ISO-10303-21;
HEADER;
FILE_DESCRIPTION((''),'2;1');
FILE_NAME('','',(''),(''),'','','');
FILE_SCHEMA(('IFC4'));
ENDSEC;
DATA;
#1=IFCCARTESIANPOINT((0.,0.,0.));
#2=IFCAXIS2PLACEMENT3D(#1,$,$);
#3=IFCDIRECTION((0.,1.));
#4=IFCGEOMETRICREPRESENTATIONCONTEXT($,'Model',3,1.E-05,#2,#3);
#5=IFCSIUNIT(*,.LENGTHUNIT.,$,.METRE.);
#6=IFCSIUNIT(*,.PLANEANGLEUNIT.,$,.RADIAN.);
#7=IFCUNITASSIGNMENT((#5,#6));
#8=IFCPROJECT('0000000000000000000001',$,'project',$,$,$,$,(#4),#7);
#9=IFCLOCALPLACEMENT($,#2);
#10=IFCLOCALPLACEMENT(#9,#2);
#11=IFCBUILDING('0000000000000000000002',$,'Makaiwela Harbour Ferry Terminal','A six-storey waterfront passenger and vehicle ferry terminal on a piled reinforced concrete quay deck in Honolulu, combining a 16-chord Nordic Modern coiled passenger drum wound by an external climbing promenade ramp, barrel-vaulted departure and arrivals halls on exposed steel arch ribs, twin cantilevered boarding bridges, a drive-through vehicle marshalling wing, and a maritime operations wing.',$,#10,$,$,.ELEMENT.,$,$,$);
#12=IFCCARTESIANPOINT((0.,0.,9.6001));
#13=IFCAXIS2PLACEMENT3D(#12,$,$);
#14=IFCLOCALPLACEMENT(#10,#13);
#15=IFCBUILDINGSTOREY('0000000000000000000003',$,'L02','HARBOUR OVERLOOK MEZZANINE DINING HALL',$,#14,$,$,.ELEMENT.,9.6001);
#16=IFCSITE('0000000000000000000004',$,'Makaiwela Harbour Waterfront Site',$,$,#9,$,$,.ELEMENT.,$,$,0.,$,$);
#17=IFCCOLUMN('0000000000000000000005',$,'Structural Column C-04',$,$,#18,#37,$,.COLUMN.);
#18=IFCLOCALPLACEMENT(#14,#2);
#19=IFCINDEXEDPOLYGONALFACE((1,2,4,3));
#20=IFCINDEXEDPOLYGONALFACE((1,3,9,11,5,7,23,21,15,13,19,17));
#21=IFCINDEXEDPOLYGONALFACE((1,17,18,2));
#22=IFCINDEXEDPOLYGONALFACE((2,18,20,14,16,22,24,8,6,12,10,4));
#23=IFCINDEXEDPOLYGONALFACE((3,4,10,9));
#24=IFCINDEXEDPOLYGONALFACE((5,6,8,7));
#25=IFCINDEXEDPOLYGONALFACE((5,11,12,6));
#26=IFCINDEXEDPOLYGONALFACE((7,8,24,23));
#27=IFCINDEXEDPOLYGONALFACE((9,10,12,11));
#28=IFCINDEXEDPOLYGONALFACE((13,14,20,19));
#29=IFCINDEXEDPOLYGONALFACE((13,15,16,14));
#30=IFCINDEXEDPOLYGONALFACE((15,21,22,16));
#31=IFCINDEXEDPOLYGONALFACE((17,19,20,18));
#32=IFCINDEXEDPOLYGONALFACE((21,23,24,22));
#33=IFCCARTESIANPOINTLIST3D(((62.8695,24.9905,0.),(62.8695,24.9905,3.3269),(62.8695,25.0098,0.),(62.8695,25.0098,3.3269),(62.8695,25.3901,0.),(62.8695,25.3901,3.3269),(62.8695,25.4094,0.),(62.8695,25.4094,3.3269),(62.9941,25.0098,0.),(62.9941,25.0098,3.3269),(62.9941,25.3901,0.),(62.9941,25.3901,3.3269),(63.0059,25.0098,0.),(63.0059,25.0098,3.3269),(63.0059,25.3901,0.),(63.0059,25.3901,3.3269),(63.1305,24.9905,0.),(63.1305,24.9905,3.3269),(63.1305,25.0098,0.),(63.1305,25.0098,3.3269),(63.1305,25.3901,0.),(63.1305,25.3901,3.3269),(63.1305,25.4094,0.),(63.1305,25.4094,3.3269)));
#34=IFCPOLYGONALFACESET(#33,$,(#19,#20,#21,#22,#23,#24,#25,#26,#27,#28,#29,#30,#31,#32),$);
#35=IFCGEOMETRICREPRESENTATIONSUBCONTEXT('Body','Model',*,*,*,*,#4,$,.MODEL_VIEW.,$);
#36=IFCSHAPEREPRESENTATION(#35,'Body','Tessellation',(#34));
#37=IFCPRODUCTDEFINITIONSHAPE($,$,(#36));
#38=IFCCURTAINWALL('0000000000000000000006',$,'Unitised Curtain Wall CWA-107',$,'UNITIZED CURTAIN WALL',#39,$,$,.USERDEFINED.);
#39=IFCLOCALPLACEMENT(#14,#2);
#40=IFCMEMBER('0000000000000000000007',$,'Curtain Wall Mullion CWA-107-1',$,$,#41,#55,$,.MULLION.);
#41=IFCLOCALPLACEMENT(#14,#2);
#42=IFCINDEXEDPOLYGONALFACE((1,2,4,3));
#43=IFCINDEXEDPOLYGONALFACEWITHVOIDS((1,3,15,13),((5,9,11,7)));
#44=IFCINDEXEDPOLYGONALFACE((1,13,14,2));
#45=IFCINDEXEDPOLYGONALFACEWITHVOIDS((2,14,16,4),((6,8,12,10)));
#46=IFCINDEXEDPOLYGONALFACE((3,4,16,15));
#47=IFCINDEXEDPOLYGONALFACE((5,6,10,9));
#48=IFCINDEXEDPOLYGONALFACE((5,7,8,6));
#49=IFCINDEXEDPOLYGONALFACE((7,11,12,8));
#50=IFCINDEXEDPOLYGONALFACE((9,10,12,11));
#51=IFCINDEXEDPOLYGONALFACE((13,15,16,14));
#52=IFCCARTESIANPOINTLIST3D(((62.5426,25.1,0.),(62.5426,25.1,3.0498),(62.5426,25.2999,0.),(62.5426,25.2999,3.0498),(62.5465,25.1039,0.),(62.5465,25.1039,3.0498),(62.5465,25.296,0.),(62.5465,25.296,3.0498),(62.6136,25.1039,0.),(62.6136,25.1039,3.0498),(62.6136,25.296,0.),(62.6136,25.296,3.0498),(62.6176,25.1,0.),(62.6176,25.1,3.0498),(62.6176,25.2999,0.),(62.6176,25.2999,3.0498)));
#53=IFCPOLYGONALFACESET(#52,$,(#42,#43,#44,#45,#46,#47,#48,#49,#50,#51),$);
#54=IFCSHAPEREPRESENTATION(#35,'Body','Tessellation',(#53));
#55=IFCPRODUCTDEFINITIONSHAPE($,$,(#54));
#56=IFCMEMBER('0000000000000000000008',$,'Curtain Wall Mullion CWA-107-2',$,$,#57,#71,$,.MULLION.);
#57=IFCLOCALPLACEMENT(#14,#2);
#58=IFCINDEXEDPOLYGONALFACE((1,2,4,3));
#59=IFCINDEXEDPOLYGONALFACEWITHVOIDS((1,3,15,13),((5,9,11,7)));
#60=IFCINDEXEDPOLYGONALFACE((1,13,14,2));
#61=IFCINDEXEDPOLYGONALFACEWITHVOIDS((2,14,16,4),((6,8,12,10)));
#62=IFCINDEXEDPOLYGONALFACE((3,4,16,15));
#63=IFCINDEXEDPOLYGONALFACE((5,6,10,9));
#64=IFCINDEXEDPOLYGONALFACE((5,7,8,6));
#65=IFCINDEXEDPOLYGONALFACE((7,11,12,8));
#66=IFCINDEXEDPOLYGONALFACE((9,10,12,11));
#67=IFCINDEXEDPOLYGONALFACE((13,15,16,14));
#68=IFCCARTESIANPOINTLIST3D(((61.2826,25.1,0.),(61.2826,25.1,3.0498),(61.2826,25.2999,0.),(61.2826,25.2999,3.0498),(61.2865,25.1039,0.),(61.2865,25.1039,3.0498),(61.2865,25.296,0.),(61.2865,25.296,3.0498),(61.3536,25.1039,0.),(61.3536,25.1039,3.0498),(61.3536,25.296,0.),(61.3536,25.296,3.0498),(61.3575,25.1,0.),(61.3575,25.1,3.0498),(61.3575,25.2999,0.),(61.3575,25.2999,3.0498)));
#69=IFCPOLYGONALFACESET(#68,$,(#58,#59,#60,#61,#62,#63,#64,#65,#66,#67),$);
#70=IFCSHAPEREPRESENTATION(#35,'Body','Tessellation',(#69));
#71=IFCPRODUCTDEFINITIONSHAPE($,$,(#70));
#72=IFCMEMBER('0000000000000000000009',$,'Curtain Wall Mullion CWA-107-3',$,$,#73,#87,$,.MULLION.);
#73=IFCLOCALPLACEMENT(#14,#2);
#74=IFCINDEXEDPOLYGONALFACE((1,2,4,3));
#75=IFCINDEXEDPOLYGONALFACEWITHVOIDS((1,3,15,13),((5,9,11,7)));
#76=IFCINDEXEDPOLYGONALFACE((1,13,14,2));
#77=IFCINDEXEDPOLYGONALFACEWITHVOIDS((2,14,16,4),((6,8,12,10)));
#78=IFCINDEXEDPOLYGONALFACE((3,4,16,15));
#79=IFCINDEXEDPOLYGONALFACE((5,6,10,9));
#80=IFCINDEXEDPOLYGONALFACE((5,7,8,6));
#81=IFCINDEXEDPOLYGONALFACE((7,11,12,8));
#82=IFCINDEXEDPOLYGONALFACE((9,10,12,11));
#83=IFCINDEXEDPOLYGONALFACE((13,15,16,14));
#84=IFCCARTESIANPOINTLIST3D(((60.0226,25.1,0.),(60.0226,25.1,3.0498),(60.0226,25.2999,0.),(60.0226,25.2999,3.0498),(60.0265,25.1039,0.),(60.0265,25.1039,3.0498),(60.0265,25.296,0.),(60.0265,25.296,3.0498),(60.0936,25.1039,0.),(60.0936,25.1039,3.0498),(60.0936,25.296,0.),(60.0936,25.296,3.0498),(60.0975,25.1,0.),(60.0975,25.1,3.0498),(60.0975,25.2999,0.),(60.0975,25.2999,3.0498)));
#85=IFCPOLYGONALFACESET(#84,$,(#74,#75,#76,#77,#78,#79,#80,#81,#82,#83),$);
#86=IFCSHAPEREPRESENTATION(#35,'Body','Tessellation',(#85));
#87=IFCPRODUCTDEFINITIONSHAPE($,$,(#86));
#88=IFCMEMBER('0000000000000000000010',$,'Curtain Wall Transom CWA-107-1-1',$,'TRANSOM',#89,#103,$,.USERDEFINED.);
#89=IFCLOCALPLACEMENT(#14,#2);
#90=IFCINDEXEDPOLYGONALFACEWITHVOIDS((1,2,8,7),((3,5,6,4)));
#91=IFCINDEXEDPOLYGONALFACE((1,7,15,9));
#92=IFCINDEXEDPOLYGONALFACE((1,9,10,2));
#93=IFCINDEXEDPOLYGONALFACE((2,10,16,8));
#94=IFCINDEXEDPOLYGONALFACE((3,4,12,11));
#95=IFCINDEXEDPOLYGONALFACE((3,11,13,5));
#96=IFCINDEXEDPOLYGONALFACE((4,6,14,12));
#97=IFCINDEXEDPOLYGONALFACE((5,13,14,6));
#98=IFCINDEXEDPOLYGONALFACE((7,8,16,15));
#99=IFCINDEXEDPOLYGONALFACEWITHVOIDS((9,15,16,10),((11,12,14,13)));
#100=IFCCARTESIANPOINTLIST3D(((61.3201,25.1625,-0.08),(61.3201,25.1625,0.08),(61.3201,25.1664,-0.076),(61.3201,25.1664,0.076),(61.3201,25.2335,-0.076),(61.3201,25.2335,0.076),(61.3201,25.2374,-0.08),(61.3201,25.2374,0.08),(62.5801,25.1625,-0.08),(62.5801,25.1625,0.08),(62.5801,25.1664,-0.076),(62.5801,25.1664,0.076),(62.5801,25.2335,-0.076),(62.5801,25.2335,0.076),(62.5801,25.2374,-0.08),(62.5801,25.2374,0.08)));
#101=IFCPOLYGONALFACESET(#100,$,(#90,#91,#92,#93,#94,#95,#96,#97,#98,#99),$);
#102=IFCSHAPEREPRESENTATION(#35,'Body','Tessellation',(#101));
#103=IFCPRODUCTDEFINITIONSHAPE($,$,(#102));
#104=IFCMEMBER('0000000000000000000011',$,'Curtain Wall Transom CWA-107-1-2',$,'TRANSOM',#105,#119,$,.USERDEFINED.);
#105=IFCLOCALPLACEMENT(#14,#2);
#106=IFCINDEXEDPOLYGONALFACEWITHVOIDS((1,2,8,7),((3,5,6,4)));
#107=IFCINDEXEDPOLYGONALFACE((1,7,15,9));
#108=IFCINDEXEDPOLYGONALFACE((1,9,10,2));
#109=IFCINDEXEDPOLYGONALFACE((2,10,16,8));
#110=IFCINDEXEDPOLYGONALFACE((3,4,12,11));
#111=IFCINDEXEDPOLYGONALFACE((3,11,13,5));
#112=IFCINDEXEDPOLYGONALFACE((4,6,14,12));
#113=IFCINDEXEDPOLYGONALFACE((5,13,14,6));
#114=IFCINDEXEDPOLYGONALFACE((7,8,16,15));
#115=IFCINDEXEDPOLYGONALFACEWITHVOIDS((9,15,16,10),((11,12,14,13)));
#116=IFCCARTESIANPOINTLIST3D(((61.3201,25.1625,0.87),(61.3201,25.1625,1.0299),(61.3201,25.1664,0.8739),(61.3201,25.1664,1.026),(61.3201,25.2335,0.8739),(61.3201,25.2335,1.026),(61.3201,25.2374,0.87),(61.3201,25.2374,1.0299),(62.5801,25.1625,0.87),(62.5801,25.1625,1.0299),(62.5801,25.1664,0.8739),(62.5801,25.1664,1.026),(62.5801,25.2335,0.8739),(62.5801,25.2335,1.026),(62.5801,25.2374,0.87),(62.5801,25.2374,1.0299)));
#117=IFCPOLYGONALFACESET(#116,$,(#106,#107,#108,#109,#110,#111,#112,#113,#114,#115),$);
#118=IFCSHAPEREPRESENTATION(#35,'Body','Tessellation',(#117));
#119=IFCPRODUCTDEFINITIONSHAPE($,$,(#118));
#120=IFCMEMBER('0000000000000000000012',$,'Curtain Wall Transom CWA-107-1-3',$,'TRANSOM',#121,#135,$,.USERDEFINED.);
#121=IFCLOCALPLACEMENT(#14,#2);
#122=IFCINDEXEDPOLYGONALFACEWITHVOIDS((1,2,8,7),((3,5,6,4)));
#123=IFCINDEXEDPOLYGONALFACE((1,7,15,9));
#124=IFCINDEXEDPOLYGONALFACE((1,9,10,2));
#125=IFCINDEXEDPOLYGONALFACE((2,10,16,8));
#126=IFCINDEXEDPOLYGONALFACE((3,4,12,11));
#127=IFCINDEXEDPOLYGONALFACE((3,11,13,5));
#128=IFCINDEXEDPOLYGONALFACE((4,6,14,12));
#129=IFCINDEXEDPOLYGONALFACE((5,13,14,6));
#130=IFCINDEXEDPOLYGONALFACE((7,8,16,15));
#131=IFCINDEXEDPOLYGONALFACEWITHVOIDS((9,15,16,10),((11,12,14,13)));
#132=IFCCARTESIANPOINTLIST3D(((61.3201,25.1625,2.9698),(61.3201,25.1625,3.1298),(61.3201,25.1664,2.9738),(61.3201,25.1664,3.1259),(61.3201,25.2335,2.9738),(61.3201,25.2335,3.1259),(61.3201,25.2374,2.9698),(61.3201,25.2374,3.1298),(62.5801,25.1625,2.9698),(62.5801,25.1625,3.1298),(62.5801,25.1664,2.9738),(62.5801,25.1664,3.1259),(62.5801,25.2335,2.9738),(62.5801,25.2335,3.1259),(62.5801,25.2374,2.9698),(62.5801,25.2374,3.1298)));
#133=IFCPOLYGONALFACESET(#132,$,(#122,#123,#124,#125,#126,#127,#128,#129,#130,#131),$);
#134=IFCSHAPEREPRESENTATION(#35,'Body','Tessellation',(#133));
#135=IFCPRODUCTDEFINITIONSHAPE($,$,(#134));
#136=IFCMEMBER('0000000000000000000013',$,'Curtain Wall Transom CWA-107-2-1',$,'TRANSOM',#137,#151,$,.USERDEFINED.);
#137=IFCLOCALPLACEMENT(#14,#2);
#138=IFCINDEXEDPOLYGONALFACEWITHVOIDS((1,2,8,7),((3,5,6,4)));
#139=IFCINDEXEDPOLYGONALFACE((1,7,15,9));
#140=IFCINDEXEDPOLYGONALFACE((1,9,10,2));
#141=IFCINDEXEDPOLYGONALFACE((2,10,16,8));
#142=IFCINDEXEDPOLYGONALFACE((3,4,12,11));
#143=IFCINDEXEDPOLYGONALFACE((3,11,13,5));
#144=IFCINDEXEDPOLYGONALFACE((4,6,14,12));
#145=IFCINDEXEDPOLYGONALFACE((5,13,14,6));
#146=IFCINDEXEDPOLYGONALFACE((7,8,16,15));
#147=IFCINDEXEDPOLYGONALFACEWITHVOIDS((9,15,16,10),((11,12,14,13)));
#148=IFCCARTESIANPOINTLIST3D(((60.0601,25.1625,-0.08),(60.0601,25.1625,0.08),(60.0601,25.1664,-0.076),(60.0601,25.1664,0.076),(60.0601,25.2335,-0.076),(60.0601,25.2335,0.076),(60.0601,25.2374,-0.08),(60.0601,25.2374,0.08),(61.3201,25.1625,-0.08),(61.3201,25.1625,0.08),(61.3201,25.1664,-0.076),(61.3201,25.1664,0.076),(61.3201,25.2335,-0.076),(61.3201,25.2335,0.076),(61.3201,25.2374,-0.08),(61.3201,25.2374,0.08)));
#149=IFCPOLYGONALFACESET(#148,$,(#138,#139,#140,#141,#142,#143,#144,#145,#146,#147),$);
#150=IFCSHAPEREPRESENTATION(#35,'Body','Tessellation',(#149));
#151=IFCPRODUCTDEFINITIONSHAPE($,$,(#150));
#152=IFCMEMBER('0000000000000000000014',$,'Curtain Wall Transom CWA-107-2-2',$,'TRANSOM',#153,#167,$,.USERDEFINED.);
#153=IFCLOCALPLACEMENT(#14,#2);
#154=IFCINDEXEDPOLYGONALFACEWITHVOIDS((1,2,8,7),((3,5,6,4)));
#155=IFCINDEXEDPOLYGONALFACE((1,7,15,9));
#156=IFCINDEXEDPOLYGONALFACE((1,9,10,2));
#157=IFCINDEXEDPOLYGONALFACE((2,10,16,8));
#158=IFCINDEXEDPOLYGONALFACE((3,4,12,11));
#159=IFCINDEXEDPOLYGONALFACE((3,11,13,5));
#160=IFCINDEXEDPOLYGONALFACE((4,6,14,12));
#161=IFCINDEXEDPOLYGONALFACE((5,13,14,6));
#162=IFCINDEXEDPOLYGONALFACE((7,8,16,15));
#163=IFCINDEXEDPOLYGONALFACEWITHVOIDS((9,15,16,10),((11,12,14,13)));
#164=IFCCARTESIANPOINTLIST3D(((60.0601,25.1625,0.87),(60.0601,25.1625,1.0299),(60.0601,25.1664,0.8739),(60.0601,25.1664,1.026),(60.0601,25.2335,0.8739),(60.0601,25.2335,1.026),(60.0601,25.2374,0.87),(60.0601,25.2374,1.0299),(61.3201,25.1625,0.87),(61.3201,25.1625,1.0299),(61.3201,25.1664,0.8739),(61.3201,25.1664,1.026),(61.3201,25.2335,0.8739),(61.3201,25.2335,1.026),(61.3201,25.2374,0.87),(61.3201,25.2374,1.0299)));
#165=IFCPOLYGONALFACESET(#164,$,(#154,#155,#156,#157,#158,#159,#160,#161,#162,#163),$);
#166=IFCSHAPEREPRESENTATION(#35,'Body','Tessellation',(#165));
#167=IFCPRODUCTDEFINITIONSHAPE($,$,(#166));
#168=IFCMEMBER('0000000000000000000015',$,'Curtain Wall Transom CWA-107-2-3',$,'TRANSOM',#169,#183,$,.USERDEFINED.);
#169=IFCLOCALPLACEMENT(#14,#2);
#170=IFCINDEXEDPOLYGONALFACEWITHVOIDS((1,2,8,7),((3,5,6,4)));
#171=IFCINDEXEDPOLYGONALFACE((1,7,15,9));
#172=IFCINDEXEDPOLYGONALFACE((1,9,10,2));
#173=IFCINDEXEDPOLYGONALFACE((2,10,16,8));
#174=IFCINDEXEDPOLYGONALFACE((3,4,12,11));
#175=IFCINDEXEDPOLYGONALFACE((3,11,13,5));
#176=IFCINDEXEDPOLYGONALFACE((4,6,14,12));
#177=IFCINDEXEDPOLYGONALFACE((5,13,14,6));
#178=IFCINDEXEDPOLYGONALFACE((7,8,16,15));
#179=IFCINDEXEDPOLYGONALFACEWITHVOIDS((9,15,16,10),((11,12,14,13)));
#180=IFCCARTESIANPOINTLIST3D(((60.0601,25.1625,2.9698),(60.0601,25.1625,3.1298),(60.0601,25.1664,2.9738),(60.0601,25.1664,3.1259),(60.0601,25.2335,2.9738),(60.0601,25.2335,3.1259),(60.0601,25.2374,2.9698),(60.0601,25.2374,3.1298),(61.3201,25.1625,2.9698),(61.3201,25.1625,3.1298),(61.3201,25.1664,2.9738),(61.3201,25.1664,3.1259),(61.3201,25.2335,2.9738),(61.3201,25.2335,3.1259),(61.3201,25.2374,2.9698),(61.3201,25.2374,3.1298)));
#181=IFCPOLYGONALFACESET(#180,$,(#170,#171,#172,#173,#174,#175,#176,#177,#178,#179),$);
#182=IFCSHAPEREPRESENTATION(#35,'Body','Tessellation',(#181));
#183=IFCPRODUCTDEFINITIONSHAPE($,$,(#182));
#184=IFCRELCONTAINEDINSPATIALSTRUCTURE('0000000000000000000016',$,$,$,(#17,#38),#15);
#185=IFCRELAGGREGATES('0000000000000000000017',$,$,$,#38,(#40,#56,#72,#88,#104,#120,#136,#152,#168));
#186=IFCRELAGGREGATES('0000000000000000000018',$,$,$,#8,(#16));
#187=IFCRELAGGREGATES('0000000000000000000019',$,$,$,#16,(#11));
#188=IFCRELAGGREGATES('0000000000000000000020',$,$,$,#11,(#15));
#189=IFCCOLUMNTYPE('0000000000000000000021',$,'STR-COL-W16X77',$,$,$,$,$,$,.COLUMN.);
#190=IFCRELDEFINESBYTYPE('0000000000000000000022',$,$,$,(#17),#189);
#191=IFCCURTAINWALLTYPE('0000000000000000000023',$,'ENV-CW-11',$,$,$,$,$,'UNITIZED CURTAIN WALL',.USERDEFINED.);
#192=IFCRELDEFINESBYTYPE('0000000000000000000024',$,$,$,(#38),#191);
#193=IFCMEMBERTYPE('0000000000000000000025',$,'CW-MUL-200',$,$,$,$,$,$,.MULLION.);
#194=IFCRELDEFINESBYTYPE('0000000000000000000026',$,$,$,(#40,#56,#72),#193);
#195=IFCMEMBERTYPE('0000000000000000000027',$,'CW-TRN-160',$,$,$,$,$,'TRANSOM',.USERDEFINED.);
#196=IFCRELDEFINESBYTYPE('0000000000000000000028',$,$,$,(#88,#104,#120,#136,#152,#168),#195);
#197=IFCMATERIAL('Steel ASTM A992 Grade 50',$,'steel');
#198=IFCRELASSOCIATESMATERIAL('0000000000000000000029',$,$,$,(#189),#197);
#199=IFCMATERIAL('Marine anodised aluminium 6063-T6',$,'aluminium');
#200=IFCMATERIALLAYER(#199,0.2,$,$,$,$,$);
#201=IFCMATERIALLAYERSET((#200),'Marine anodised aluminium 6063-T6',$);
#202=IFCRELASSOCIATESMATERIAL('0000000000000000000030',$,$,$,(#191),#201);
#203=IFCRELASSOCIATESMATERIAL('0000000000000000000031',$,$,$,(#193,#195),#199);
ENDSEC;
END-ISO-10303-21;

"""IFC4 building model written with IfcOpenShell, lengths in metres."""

from ifc_helpers import new_model, si_unit, direction, frame, origin, origin_2d, place, context, subcontext, project, spatial, hollow_rectangle, i_section, extrude, material, layer, layer_set, material_profile, profile_set, type_object, element, aggregate, save


model = new_model("IFC4")

# Units and contexts
model_context = context("Model", 3, precision=1e-05, world=origin(), true_north=direction((0.0, 1.0)))
body_context = subcontext(model_context, "Body", "Model", "MODEL_VIEW")
ifc_project = project(units=[si_unit("LENGTHUNIT", "METRE"), si_unit("PLANEANGLEUNIT", "RADIAN")], contexts=[model_context])

# Site, building, storey
site_placement = place(None, origin())
site = spatial("IfcSite", under=ifc_project, at=site_placement, Name="Makaiwela Harbour Waterfront Site", CompositionType="ELEMENT", RefElevation=0.0)
building_placement = place(site_placement, origin())
building = spatial("IfcBuilding", under=site, at=building_placement, Name="Makaiwela Harbour Ferry Terminal", Description="A six-storey waterfront passenger and vehicle ferry terminal on a piled reinforced concrete quay deck in Honolulu, combining a 16-chord Nordic Modern coiled passenger drum wound by an external climbing promenade ramp, barrel-vaulted departure and arrivals halls on exposed steel arch ribs, twin cantilevered boarding bridges, a drive-through vehicle marshalling wing, and a maritime operations wing.", CompositionType="ELEMENT")
storey_placement = place(building_placement, frame((0.0, 0.0, 9.6001)))
storey = spatial("IfcBuildingStorey", under=building, at=storey_placement, Name="L02", Description="HARBOUR OVERLOOK MEZZANINE DINING HALL", CompositionType="ELEMENT", Elevation=9.6001)

# Column
ifc_material_1 = material(Name="Steel ASTM A992 Grade 50", Category="steel")
ifc_material_profile_1 = material_profile(ifc_material_1, i_section(OverallWidth=0.261, OverallDepth=0.4189, WebThickness=0.0117, FlangeThickness=0.0193, at=origin_2d()), Name="W16X77")
ifc_profile_set_1 = profile_set([ifc_material_profile_1], Name="Steel ASTM A992 Grade 50")
column_type = type_object("IfcColumnType", Name="STR-COL-W16X77", PredefinedType="COLUMN", material=ifc_profile_set_1)
column_placement = place(storey_placement, frame((63.0, 25.2, 0.0), z_axis=(0.0, 0.0, 1.0), x_axis=(1.0, 0.0, 0.0)))
element("IfcColumn", 1, at=column_placement, inside=storey, type_object=column_type, Name="Structural Column C-04", PredefinedType="COLUMN", context=body_context, shape_type="SweptSolid", body=[
    extrude(i_section(OverallWidth=0.261, OverallDepth=0.4189, WebThickness=0.0117, FlangeThickness=0.0193, at=origin_2d()), origin(), (0.0, 0.0, 1.0), 3.3269),
])

# Curtain wall, members
ifc_material_2 = material(Name="Marine anodised aluminium 6063-T6", Category="aluminium")
ifc_layer_1 = layer(ifc_material_2, 0.2)
ifc_layer_set_1 = layer_set([ifc_layer_1], Name="Marine anodised aluminium 6063-T6")
curtain_wall_type = type_object("IfcCurtainWallType", Name="ENV-CW-11", ElementType="UNITIZED CURTAIN WALL", PredefinedType="USERDEFINED", material=ifc_layer_set_1)
curtain_wall_placement = place(storey_placement, origin())
curtain_wall = element("IfcCurtainWall", 2, at=curtain_wall_placement, inside=storey, type_object=curtain_wall_type, Name="Unitised Curtain Wall CWA-107", ObjectType="UNITIZED CURTAIN WALL", PredefinedType="USERDEFINED")
ifc_material_profile_2 = material_profile(ifc_material_2, hollow_rectangle(XDim=0.075, YDim=0.2, WallThickness=0.0039, at=origin_2d()), Name="CWM-200X75")
ifc_profile_set_2 = profile_set([ifc_material_profile_2], Name="Marine anodised aluminium 6063-T6")
member_type_1 = type_object("IfcMemberType", Name="CW-MUL-200", PredefinedType="MULLION", material=ifc_profile_set_2)
member_1_placement = place(storey_placement, frame((62.5801, 25.2, 0.0), z_axis=(0.0, 0.0, 1.0), x_axis=(1.0, 0.0, 0.0)))
member_1 = element("IfcMember", 3, at=member_1_placement, type_object=member_type_1, Name="Curtain Wall Mullion CWA-107-1", PredefinedType="MULLION", context=body_context, shape_type="SweptSolid", body=[
    extrude(hollow_rectangle(XDim=0.075, YDim=0.2, WallThickness=0.0039, at=origin_2d()), origin(), (0.0, 0.0, 1.0), 3.0498),
])
member_2_placement = place(storey_placement, frame((61.3201, 25.2, 0.0), z_axis=(0.0, 0.0, 1.0), x_axis=(1.0, 0.0, 0.0)))
member_2 = element("IfcMember", 4, at=member_2_placement, type_object=member_type_1, Name="Curtain Wall Mullion CWA-107-2", PredefinedType="MULLION", context=body_context, shape_type="SweptSolid", body=[
    extrude(hollow_rectangle(XDim=0.075, YDim=0.2, WallThickness=0.0039, at=origin_2d()), origin(), (0.0, 0.0, 1.0), 3.0498),
])
member_3_placement = place(storey_placement, frame((60.0601, 25.2, 0.0), z_axis=(0.0, 0.0, 1.0), x_axis=(1.0, 0.0, 0.0)))
member_3 = element("IfcMember", 5, at=member_3_placement, type_object=member_type_1, Name="Curtain Wall Mullion CWA-107-3", PredefinedType="MULLION", context=body_context, shape_type="SweptSolid", body=[
    extrude(hollow_rectangle(XDim=0.075, YDim=0.2, WallThickness=0.0039, at=origin_2d()), origin(), (0.0, 0.0, 1.0), 3.0498),
])
ifc_material_profile_3 = material_profile(ifc_material_2, hollow_rectangle(XDim=0.075, YDim=0.1599, WallThickness=0.0039, at=origin_2d()), Name="CWT-160X75")
ifc_profile_set_3 = profile_set([ifc_material_profile_3], Name="Marine anodised aluminium 6063-T6")
member_type_2 = type_object("IfcMemberType", Name="CW-TRN-160", ElementType="TRANSOM", PredefinedType="USERDEFINED", material=ifc_profile_set_3)
member_4_placement = place(storey_placement, frame((62.5801, 25.2, 0.0), z_axis=(-1.0, 0.0, 0.0), x_axis=(0.0, -1.0, 0.0)))
member_4 = element("IfcMember", 6, at=member_4_placement, type_object=member_type_2, Name="Curtain Wall Transom CWA-107-1-1", ObjectType="TRANSOM", PredefinedType="USERDEFINED", context=body_context, shape_type="SweptSolid", body=[
    extrude(hollow_rectangle(XDim=0.075, YDim=0.1599, WallThickness=0.0039, at=origin_2d()), origin(), (0.0, 0.0, 1.0), 1.26),
])
member_5_placement = place(storey_placement, frame((62.5801, 25.2, 0.95), z_axis=(-1.0, 0.0, 0.0), x_axis=(0.0, -1.0, 0.0)))
member_5 = element("IfcMember", 7, at=member_5_placement, type_object=member_type_2, Name="Curtain Wall Transom CWA-107-1-2", ObjectType="TRANSOM", PredefinedType="USERDEFINED", context=body_context, shape_type="SweptSolid", body=[
    extrude(hollow_rectangle(XDim=0.075, YDim=0.1599, WallThickness=0.0039, at=origin_2d()), origin(), (0.0, 0.0, 1.0), 1.26),
])
member_6_placement = place(storey_placement, frame((62.5801, 25.2, 3.0498), z_axis=(-1.0, 0.0, 0.0), x_axis=(0.0, -1.0, 0.0)))
member_6 = element("IfcMember", 8, at=member_6_placement, type_object=member_type_2, Name="Curtain Wall Transom CWA-107-1-3", ObjectType="TRANSOM", PredefinedType="USERDEFINED", context=body_context, shape_type="SweptSolid", body=[
    extrude(hollow_rectangle(XDim=0.075, YDim=0.1599, WallThickness=0.0039, at=origin_2d()), origin(), (0.0, 0.0, 1.0), 1.26),
])
member_7_placement = place(storey_placement, frame((61.3201, 25.2, 0.0), z_axis=(-1.0, 0.0, 0.0), x_axis=(0.0, -1.0, 0.0)))
member_7 = element("IfcMember", 9, at=member_7_placement, type_object=member_type_2, Name="Curtain Wall Transom CWA-107-2-1", ObjectType="TRANSOM", PredefinedType="USERDEFINED", context=body_context, shape_type="SweptSolid", body=[
    extrude(hollow_rectangle(XDim=0.075, YDim=0.1599, WallThickness=0.0039, at=origin_2d()), origin(), (0.0, 0.0, 1.0), 1.26),
])
member_8_placement = place(storey_placement, frame((61.3201, 25.2, 0.95), z_axis=(-1.0, 0.0, 0.0), x_axis=(0.0, -1.0, 0.0)))
member_8 = element("IfcMember", 10, at=member_8_placement, type_object=member_type_2, Name="Curtain Wall Transom CWA-107-2-2", ObjectType="TRANSOM", PredefinedType="USERDEFINED", context=body_context, shape_type="SweptSolid", body=[
    extrude(hollow_rectangle(XDim=0.075, YDim=0.1599, WallThickness=0.0039, at=origin_2d()), origin(), (0.0, 0.0, 1.0), 1.26),
])
member_9_placement = place(storey_placement, frame((61.3201, 25.2, 3.0498), z_axis=(-1.0, 0.0, 0.0), x_axis=(0.0, -1.0, 0.0)))
member_9 = element("IfcMember", 11, at=member_9_placement, type_object=member_type_2, Name="Curtain Wall Transom CWA-107-2-3", ObjectType="TRANSOM", PredefinedType="USERDEFINED", context=body_context, shape_type="SweptSolid", body=[
    extrude(hollow_rectangle(XDim=0.075, YDim=0.1599, WallThickness=0.0039, at=origin_2d()), origin(), (0.0, 0.0, 1.0), 1.26),
])

aggregate(curtain_wall, [member_1, member_2, member_3, member_4, member_5, member_6, member_7, member_8, member_9])

save(model, "model.ifc")
